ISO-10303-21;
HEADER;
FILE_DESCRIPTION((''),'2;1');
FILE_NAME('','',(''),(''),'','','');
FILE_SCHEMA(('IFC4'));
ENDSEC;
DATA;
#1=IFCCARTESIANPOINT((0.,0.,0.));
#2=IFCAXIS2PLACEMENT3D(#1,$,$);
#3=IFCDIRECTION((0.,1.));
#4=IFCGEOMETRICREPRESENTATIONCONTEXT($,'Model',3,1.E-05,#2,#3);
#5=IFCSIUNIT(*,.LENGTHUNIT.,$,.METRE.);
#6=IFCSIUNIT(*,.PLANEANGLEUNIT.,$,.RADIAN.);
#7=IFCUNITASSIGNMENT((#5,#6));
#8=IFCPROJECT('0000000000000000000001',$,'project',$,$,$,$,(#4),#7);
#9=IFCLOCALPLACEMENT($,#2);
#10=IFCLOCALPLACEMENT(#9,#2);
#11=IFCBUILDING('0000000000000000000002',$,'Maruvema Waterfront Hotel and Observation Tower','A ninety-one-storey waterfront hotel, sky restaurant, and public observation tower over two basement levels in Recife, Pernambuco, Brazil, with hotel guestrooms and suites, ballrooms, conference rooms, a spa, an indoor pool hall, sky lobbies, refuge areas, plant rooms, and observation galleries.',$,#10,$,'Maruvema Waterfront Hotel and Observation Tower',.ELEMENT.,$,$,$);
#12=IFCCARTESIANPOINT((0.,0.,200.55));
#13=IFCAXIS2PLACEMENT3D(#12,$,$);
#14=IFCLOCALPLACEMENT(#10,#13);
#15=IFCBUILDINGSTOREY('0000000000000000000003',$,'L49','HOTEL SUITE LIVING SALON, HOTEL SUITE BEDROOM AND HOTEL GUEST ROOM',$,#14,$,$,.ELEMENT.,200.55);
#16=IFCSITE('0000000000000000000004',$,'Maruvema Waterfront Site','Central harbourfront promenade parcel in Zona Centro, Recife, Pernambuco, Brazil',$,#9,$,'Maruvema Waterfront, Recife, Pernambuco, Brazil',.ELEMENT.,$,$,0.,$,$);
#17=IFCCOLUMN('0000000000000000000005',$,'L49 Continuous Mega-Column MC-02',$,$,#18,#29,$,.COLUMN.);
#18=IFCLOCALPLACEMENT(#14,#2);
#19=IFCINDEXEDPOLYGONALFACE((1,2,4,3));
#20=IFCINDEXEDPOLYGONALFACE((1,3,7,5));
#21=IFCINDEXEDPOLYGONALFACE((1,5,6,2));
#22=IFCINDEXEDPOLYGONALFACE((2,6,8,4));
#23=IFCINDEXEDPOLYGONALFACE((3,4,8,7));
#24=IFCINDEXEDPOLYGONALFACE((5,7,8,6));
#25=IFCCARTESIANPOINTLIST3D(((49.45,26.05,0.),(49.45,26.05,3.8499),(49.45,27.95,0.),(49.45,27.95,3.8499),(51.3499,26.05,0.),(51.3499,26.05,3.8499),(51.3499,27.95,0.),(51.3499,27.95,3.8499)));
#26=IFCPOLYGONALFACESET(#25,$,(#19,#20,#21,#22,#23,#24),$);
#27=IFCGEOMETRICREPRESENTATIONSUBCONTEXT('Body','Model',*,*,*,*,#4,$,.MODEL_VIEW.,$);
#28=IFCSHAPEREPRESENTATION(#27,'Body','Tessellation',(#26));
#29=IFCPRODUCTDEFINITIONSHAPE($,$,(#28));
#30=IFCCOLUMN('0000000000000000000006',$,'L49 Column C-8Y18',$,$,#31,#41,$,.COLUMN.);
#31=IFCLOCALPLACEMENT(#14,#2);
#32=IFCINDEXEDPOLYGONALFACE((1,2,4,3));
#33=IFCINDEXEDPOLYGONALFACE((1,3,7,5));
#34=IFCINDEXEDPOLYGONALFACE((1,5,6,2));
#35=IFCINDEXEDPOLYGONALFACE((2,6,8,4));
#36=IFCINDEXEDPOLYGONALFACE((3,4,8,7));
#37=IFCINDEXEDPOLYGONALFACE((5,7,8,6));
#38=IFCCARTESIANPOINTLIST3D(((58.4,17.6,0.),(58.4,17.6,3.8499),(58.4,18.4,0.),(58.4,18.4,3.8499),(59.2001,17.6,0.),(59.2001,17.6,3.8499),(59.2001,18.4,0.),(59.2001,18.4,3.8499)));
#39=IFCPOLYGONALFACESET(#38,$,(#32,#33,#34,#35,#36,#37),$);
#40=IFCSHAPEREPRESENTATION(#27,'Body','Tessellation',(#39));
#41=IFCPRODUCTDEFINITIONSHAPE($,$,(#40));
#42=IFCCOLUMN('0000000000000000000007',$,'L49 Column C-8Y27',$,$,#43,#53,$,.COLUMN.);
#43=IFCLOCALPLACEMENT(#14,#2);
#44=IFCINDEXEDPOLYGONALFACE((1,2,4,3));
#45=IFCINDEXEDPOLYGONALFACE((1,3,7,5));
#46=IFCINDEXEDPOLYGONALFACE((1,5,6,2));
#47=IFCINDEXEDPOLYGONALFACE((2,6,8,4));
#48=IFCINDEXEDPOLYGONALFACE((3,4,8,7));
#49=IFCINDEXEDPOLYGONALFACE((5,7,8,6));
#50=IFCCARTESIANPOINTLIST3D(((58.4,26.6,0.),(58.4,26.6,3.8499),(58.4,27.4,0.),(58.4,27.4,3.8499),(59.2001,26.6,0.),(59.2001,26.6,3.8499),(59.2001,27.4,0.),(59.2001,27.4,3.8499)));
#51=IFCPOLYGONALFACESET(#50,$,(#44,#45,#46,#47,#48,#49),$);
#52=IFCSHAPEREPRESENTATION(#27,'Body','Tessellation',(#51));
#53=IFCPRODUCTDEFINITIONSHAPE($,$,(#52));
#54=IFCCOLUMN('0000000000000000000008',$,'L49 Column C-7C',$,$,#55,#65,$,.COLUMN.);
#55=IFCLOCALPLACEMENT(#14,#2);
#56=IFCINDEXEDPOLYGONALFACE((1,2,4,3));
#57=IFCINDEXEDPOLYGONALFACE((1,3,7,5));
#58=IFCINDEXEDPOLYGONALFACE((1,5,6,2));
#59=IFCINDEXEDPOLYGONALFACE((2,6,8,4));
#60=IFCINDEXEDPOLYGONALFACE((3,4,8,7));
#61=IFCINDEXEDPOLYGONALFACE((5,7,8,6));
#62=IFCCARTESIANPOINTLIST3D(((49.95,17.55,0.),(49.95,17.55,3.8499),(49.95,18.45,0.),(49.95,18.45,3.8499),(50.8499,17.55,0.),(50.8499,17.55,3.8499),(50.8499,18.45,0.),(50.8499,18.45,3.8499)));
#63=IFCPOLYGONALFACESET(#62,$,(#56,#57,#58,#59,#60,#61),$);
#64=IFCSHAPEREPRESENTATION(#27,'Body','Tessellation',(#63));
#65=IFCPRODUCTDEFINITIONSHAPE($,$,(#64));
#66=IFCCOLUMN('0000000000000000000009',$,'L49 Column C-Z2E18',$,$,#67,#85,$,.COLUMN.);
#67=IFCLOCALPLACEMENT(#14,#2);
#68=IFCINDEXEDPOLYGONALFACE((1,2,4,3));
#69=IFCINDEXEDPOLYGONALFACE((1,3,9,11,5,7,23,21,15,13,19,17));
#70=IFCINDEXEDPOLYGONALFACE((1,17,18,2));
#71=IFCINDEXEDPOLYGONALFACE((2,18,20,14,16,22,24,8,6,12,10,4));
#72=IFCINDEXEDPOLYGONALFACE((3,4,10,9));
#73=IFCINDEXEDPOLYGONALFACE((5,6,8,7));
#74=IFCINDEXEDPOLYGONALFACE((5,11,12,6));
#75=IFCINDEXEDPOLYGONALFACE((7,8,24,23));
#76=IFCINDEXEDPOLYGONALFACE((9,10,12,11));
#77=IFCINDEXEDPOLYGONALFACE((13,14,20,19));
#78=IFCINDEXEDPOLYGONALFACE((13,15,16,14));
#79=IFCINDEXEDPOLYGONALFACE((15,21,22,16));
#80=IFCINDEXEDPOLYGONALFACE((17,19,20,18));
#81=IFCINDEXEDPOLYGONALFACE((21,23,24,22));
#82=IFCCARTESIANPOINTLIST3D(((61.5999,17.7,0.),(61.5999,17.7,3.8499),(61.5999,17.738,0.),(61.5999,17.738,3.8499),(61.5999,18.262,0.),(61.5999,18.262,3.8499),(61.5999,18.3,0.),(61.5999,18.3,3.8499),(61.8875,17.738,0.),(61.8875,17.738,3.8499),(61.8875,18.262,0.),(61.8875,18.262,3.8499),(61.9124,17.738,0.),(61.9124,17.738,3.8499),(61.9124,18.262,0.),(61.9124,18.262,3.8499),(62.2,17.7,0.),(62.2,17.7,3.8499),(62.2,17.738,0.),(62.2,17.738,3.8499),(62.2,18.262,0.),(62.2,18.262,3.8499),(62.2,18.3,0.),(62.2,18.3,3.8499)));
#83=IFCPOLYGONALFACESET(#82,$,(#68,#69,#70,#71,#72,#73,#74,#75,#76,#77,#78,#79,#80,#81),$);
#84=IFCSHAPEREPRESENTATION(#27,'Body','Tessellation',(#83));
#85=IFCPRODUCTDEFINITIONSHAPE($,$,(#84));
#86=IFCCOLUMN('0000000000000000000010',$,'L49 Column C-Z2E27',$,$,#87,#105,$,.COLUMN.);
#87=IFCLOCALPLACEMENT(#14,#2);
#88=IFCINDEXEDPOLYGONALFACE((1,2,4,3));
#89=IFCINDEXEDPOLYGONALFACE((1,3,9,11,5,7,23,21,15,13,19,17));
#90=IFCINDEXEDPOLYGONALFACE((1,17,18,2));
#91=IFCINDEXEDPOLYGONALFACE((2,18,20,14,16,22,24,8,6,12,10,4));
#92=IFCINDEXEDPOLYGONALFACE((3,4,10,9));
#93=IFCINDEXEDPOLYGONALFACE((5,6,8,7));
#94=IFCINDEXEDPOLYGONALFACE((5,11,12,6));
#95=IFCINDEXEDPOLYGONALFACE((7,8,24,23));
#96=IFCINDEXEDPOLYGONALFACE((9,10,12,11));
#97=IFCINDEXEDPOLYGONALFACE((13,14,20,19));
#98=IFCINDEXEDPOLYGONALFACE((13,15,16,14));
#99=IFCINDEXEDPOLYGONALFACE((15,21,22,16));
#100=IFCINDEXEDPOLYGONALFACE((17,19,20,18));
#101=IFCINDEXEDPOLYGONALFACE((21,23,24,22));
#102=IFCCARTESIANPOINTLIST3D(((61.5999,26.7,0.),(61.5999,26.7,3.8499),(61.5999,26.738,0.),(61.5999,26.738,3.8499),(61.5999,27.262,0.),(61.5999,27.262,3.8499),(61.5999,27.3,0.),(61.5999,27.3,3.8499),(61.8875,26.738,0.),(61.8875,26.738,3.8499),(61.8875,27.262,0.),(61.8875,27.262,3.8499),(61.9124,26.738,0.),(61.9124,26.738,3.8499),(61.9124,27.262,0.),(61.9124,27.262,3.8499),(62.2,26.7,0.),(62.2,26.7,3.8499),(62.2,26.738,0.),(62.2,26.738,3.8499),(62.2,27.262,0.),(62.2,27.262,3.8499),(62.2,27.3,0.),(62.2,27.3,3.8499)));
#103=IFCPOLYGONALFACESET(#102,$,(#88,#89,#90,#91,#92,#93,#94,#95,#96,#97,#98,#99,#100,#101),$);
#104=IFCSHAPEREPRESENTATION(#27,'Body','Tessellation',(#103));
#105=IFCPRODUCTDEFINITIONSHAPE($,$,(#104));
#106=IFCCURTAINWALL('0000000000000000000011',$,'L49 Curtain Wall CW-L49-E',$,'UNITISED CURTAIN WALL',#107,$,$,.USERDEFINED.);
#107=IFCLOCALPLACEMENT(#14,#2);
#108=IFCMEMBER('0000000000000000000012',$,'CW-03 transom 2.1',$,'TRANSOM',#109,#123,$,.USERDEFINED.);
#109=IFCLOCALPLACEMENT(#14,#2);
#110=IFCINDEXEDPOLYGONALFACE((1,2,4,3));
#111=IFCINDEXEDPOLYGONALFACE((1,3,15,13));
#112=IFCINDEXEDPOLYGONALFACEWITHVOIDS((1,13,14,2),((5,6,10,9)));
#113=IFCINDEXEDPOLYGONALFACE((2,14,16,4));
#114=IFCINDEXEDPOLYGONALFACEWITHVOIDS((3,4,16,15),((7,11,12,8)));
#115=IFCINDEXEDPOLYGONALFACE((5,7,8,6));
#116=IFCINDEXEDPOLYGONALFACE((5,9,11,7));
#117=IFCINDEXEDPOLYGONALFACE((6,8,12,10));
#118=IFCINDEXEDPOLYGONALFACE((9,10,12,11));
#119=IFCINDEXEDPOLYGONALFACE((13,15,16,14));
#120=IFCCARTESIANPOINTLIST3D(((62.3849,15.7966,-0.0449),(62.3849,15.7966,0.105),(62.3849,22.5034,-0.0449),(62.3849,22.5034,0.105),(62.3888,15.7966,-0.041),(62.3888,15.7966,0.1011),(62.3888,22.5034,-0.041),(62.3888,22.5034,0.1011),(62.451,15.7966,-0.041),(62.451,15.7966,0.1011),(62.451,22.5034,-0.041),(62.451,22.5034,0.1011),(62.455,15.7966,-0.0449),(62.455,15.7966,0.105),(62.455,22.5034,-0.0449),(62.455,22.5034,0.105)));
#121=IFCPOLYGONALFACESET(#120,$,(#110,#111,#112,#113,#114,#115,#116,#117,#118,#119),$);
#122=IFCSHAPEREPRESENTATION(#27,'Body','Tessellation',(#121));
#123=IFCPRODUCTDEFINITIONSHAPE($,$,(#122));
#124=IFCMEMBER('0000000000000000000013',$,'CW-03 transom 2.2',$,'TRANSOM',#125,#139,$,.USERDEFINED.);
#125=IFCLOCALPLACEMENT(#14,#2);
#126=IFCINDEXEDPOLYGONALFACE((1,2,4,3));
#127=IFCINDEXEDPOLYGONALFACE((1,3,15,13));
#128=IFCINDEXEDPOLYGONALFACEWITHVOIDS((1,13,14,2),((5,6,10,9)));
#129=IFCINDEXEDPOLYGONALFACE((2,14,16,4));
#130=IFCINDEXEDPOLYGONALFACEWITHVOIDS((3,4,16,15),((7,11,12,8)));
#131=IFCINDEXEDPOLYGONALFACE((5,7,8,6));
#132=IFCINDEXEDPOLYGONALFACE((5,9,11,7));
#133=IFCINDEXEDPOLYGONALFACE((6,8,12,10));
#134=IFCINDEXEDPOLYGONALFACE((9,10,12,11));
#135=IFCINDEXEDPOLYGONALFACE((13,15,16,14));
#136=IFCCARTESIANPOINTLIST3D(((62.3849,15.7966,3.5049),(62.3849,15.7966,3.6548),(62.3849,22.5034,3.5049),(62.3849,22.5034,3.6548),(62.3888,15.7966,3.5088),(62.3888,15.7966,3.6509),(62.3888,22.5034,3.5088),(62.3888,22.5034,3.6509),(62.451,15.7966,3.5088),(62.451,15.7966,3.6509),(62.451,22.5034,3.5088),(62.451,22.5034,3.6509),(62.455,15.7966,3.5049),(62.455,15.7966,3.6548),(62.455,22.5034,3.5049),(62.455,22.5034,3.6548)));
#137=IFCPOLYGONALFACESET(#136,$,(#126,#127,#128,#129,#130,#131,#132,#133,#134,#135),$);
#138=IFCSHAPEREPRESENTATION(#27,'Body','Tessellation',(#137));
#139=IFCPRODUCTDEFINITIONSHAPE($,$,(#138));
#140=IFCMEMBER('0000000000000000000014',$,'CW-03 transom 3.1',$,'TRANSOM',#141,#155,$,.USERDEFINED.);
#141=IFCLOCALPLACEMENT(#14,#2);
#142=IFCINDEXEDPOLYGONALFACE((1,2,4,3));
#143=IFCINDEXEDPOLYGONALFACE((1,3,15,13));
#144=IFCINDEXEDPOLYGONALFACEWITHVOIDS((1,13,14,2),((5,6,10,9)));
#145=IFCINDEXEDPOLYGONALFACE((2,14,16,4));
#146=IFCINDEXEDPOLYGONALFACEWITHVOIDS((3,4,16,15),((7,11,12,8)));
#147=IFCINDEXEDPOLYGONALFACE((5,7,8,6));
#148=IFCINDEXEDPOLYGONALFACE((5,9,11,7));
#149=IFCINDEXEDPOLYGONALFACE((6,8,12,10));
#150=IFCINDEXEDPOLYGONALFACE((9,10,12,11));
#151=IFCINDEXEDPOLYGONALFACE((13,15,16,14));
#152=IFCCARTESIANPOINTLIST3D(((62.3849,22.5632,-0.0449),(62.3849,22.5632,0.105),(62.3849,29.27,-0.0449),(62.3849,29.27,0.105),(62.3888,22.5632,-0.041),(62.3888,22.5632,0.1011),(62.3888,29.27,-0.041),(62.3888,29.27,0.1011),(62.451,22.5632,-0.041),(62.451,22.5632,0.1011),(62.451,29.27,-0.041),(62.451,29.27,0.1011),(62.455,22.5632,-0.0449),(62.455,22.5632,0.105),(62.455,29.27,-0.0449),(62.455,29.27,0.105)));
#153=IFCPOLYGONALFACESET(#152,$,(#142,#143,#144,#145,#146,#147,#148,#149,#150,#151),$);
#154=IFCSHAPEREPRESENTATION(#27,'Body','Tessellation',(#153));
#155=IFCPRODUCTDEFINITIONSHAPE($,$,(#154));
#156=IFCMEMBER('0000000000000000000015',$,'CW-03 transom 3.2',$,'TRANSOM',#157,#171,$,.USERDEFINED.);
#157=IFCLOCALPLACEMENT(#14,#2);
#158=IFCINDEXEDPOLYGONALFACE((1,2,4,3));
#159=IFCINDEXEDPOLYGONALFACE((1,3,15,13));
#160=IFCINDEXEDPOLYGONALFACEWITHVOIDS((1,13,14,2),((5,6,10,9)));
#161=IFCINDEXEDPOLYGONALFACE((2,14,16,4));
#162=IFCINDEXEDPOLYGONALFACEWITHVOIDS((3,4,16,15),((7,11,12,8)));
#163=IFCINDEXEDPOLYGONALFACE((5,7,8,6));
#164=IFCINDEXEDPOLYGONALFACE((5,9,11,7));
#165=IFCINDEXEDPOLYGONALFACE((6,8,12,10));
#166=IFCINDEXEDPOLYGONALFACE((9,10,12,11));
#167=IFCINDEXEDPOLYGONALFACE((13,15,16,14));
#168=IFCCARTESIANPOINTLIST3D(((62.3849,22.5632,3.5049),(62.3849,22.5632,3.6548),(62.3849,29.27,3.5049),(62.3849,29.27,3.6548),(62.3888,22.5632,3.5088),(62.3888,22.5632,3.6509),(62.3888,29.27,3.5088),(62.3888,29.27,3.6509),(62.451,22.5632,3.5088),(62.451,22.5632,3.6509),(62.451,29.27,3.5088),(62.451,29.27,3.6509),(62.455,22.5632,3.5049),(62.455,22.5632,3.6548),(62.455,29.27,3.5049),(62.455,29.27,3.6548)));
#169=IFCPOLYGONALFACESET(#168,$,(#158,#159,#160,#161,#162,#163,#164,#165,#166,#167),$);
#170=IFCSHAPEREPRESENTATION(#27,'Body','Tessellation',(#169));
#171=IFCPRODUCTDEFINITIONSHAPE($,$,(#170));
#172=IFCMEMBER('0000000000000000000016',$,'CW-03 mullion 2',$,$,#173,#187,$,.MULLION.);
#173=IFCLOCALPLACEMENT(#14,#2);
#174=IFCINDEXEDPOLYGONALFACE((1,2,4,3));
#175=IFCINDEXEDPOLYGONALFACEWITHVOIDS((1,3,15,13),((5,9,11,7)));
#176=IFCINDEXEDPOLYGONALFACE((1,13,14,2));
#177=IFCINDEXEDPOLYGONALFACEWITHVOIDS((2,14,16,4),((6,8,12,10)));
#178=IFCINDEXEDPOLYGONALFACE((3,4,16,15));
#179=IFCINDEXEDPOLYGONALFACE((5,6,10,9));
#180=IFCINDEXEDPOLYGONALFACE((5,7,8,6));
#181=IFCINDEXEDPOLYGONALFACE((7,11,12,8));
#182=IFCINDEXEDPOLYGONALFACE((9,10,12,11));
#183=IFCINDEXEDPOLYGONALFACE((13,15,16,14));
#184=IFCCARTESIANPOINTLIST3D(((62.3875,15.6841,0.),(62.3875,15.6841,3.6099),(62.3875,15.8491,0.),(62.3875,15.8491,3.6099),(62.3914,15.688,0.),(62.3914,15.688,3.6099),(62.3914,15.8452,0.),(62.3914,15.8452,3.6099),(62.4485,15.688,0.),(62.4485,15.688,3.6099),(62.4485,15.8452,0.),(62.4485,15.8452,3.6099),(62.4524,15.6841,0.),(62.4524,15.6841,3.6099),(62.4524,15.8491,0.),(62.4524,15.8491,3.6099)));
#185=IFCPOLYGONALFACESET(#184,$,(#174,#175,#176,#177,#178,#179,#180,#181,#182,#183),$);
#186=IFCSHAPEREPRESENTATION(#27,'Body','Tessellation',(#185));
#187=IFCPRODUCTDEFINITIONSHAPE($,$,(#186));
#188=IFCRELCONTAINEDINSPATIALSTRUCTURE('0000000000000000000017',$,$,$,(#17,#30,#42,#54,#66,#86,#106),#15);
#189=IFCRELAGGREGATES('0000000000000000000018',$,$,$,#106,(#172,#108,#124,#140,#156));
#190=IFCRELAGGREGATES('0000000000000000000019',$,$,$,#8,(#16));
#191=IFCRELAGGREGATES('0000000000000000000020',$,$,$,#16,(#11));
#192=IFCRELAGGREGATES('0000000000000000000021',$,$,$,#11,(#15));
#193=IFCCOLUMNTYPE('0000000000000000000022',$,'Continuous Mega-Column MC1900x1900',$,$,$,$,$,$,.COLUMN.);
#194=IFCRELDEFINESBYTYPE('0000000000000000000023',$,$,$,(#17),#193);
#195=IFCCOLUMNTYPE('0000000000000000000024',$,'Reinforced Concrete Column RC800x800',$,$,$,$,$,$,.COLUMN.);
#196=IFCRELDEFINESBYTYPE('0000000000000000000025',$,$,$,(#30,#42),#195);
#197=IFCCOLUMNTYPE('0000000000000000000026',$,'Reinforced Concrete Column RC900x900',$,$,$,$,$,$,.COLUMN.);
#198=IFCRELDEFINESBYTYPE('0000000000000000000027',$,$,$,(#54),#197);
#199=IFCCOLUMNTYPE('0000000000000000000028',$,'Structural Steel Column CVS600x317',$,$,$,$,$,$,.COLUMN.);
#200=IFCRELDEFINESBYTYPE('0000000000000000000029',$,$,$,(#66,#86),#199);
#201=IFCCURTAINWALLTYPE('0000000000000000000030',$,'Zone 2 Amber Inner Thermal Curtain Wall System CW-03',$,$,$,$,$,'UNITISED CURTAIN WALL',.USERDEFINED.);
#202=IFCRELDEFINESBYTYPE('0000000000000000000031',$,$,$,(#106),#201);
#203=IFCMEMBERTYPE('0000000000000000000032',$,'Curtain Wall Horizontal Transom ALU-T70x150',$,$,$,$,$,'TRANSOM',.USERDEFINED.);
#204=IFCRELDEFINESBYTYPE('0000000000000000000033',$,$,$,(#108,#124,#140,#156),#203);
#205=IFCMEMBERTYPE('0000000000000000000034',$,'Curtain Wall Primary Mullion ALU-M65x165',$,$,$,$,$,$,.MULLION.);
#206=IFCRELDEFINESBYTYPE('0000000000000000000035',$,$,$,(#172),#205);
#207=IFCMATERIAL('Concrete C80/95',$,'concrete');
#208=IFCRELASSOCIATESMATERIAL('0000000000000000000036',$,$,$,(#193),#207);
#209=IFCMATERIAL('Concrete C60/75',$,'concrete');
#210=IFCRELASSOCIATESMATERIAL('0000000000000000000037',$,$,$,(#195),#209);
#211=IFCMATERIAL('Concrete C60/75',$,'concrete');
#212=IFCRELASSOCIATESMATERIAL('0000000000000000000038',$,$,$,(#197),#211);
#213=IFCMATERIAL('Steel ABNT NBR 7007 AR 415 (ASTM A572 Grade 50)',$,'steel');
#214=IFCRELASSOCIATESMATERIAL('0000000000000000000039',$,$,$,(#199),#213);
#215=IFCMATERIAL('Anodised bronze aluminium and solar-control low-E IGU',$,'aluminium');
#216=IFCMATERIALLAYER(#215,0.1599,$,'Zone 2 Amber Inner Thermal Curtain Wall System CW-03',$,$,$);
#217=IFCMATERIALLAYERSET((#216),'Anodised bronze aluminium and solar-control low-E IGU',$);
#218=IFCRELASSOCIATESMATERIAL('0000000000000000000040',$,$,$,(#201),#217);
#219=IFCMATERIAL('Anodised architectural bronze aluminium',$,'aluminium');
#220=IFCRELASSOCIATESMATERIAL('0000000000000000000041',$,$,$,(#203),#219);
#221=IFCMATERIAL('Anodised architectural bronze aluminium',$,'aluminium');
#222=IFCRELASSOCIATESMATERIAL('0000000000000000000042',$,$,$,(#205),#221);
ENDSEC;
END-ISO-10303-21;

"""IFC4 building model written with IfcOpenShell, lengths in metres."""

from ifc_helpers import new_model, si_unit, direction, frame, origin, origin_2d, place, context, subcontext, project, spatial, rectangle, hollow_rectangle, i_section, extrude, material, layer, layer_set, material_profile, profile_set, type_object, element, aggregate, save


model = new_model("IFC4")

# Units and contexts
model_context = context("Model", 3, precision=1e-05, world=origin(), true_north=direction((0.0, 1.0)))
body_context = subcontext(model_context, "Body", "Model", "MODEL_VIEW")
ifc_project = project(units=[si_unit("LENGTHUNIT", "METRE"), si_unit("PLANEANGLEUNIT", "RADIAN")], contexts=[model_context])

# Site, building, storey
site_placement = place(None, origin())
site = spatial("IfcSite", under=ifc_project, at=site_placement, Name="Maruvema Waterfront Site", Description="Central harbourfront promenade parcel in Zona Centro, Recife, Pernambuco, Brazil", LongName="Maruvema Waterfront, Recife, Pernambuco, Brazil", CompositionType="ELEMENT", RefElevation=0.0)
building_placement = place(site_placement, origin())
building = spatial("IfcBuilding", under=site, at=building_placement, Name="Maruvema Waterfront Hotel and Observation Tower", Description="A ninety-one-storey waterfront hotel, sky restaurant, and public observation tower over two basement levels in Recife, Pernambuco, Brazil, with hotel guestrooms and suites, ballrooms, conference rooms, a spa, an indoor pool hall, sky lobbies, refuge areas, plant rooms, and observation galleries.", LongName="Maruvema Waterfront Hotel and Observation Tower", CompositionType="ELEMENT")
storey_placement = place(building_placement, frame((0.0, 0.0, 200.55)))
storey = spatial("IfcBuildingStorey", under=building, at=storey_placement, Name="L49", Description="HOTEL SUITE LIVING SALON, HOTEL SUITE BEDROOM AND HOTEL GUEST ROOM", CompositionType="ELEMENT", Elevation=200.55)

# Columns
ifc_material_1 = material(Name="Concrete C80/95", Category="concrete")
ifc_material_profile_1 = material_profile(ifc_material_1, rectangle(XDim=1.8999, YDim=1.8999, at=origin_2d()), Name="MC1900x1900")
ifc_profile_set_1 = profile_set([ifc_material_profile_1], Name="Concrete C80/95")
column_type_1 = type_object("IfcColumnType", Name="Continuous Mega-Column MC1900x1900", PredefinedType="COLUMN", material=ifc_profile_set_1)
column_1_placement = place(storey_placement, frame((50.3999, 27.0, 0.0), z_axis=(0.0, 0.0, 1.0), x_axis=(1.0, 0.0, 0.0)))
element("IfcColumn", 1, at=column_1_placement, inside=storey, type_object=column_type_1, Name="L49 Continuous Mega-Column MC-02", PredefinedType="COLUMN", context=body_context, shape_type="SweptSolid", body=[
    extrude(rectangle(XDim=1.8999, YDim=1.8999, at=origin_2d()), origin(), (0.0, 0.0, 1.0), 3.8499),
])
ifc_material_2 = material(Name="Concrete C60/75", Category="concrete")
ifc_material_profile_2 = material_profile(ifc_material_2, rectangle(XDim=0.8, YDim=0.8, at=origin_2d()), Name="RC800x800")
ifc_profile_set_2 = profile_set([ifc_material_profile_2], Name="Concrete C60/75")
column_type_2 = type_object("IfcColumnType", Name="Reinforced Concrete Column RC800x800", PredefinedType="COLUMN", material=ifc_profile_set_2)
for number, where, z_axis, x_axis, name in (
    (2, (58.8, 18.0, 0.0), (0.0, 0.0, 1.0), (1.0, 0.0, 0.0), "L49 Column C-8Y18"),
    (3, (58.8, 27.0, 0.0), (0.0, 0.0, 1.0), (1.0, 0.0, 0.0), "L49 Column C-8Y27"),
):
    element("IfcColumn", number, at=place(storey_placement, frame(where, z_axis=z_axis, x_axis=x_axis)), inside=storey, type_object=column_type_2, Name=name, PredefinedType="COLUMN", context=body_context, shape_type="SweptSolid", body=[
        extrude(rectangle(XDim=0.8, YDim=0.8, at=origin_2d()), origin(), (0.0, 0.0, 1.0), 3.8499),
    ])
ifc_material_3 = material(Name="Concrete C60/75", Category="concrete")
ifc_material_profile_3 = material_profile(ifc_material_3, rectangle(XDim=0.8999, YDim=0.8999, at=origin_2d()), Name="RC900x900")
ifc_profile_set_3 = profile_set([ifc_material_profile_3], Name="Concrete C60/75")
column_type_3 = type_object("IfcColumnType", Name="Reinforced Concrete Column RC900x900", PredefinedType="COLUMN", material=ifc_profile_set_3)
column_2_placement = place(storey_placement, frame((50.3999, 18.0, 0.0), z_axis=(0.0, 0.0, 1.0), x_axis=(1.0, 0.0, 0.0)))
element("IfcColumn", 4, at=column_2_placement, inside=storey, type_object=column_type_3, Name="L49 Column C-7C", PredefinedType="COLUMN", context=body_context, shape_type="SweptSolid", body=[
    extrude(rectangle(XDim=0.8999, YDim=0.8999, at=origin_2d()), origin(), (0.0, 0.0, 1.0), 3.8499),
])
ifc_material_4 = material(Name="Steel ABNT NBR 7007 AR 415 (ASTM A572 Grade 50)", Category="steel")
ifc_material_profile_4 = material_profile(ifc_material_4, i_section(OverallWidth=0.6001, OverallDepth=0.6001, WebThickness=0.0249, FlangeThickness=0.0381, at=origin_2d()), Name="CVS600x317")
ifc_profile_set_4 = profile_set([ifc_material_profile_4], Name="Steel ABNT NBR 7007 AR 415 (ASTM A572 Grade 50)")
column_type_4 = type_object("IfcColumnType", Name="Structural Steel Column CVS600x317", PredefinedType="COLUMN", material=ifc_profile_set_4)
for number, where, z_axis, x_axis, name in (
    (5, (61.8999, 18.0, 0.0), (0.0, 0.0, 1.0), (1.0, 0.0, 0.0), "L49 Column C-Z2E18"),
    (6, (61.8999, 27.0, 0.0), (0.0, 0.0, 1.0), (1.0, 0.0, 0.0), "L49 Column C-Z2E27"),
):
    element("IfcColumn", number, at=place(storey_placement, frame(where, z_axis=z_axis, x_axis=x_axis)), inside=storey, type_object=column_type_4, Name=name, PredefinedType="COLUMN", context=body_context, shape_type="SweptSolid", body=[
        extrude(i_section(OverallWidth=0.6001, OverallDepth=0.6001, WebThickness=0.0249, FlangeThickness=0.0381, at=origin_2d()), origin(), (0.0, 0.0, 1.0), 3.8499),
    ])

# Curtain wall, members
ifc_material_5 = material(Name="Anodised bronze aluminium and solar-control low-E IGU", Category="aluminium")
ifc_layer_1 = layer(ifc_material_5, 0.1599, Name="Zone 2 Amber Inner Thermal Curtain Wall System CW-03")
ifc_layer_set_1 = layer_set([ifc_layer_1], Name="Anodised bronze aluminium and solar-control low-E IGU")
curtain_wall_type = type_object("IfcCurtainWallType", Name="Zone 2 Amber Inner Thermal Curtain Wall System CW-03", ElementType="UNITISED CURTAIN WALL", PredefinedType="USERDEFINED", material=ifc_layer_set_1)
curtain_wall_placement = place(storey_placement, origin())
curtain_wall = element("IfcCurtainWall", 7, at=curtain_wall_placement, inside=storey, type_object=curtain_wall_type, Name="L49 Curtain Wall CW-L49-E", ObjectType="UNITISED CURTAIN WALL", PredefinedType="USERDEFINED")
ifc_material_6 = material(Name="Anodised architectural bronze aluminium", Category="aluminium")
ifc_material_profile_5 = material_profile(ifc_material_6, hollow_rectangle(XDim=0.0701, YDim=0.1499, WallThickness=0.0039, at=origin_2d()), Name="ALU-T70x150")
ifc_profile_set_5 = profile_set([ifc_material_profile_5], Name="Anodised architectural bronze aluminium")
member_type_1 = type_object("IfcMemberType", Name="Curtain Wall Horizontal Transom ALU-T70x150", ElementType="TRANSOM", PredefinedType="USERDEFINED", material=ifc_profile_set_5)
member_1_placement = place(storey_placement, frame((62.4199, 15.7966, 0.03), z_axis=(0.0, 1.0, 0.0), x_axis=(-1.0, 0.0, 0.0)))
member_1 = element("IfcMember", 8, at=member_1_placement, type_object=member_type_1, Name="CW-03 transom 2.1", ObjectType="TRANSOM", PredefinedType="USERDEFINED", context=body_context, shape_type="SweptSolid", body=[
    extrude(hollow_rectangle(XDim=0.0701, YDim=0.1499, WallThickness=0.0039, at=origin_2d()), origin(), (0.0, 0.0, 1.0), 6.7068),
])
member_2_placement = place(storey_placement, frame((62.4199, 15.7966, 3.5798), z_axis=(0.0, 1.0, 0.0), x_axis=(-1.0, 0.0, 0.0)))
member_2 = element("IfcMember", 9, at=member_2_placement, type_object=member_type_1, Name="CW-03 transom 2.2", ObjectType="TRANSOM", PredefinedType="USERDEFINED", context=body_context, shape_type="SweptSolid", body=[
    extrude(hollow_rectangle(XDim=0.0701, YDim=0.1499, WallThickness=0.0039, at=origin_2d()), origin(), (0.0, 0.0, 1.0), 6.7068),
])
member_3_placement = place(storey_placement, frame((62.4199, 22.5632, 0.03), z_axis=(0.0, 1.0, 0.0), x_axis=(-1.0, 0.0, 0.0)))
member_3 = element("IfcMember", 10, at=member_3_placement, type_object=member_type_1, Name="CW-03 transom 3.1", ObjectType="TRANSOM", PredefinedType="USERDEFINED", context=body_context, shape_type="SweptSolid", body=[
    extrude(hollow_rectangle(XDim=0.0701, YDim=0.1499, WallThickness=0.0039, at=origin_2d()), origin(), (0.0, 0.0, 1.0), 6.7068),
])
member_4_placement = place(storey_placement, frame((62.4199, 22.5632, 3.5798), z_axis=(0.0, 1.0, 0.0), x_axis=(-1.0, 0.0, 0.0)))
member_4 = element("IfcMember", 11, at=member_4_placement, type_object=member_type_1, Name="CW-03 transom 3.2", ObjectType="TRANSOM", PredefinedType="USERDEFINED", context=body_context, shape_type="SweptSolid", body=[
    extrude(hollow_rectangle(XDim=0.0701, YDim=0.1499, WallThickness=0.0039, at=origin_2d()), origin(), (0.0, 0.0, 1.0), 6.7068),
])
ifc_material_7 = material(Name="Anodised architectural bronze aluminium", Category="aluminium")
ifc_material_profile_6 = material_profile(ifc_material_7, hollow_rectangle(XDim=0.0649, YDim=0.165, WallThickness=0.0039, at=origin_2d()), Name="ALU-M65x165")
ifc_profile_set_6 = profile_set([ifc_material_profile_6], Name="Anodised architectural bronze aluminium")
member_type_2 = type_object("IfcMemberType", Name="Curtain Wall Primary Mullion ALU-M65x165", PredefinedType="MULLION", material=ifc_profile_set_6)
member_5_placement = place(storey_placement, frame((62.4199, 15.7666, 0.0), z_axis=(0.0, 0.0, 1.0), x_axis=(-1.0, 0.0, 0.0)))
member_5 = element("IfcMember", 12, at=member_5_placement, type_object=member_type_2, Name="CW-03 mullion 2", PredefinedType="MULLION", context=body_context, shape_type="SweptSolid", body=[
    extrude(hollow_rectangle(XDim=0.0649, YDim=0.165, WallThickness=0.0039, at=origin_2d()), origin(), (0.0, 0.0, 1.0), 3.6099),
])

aggregate(curtain_wall, [member_5, member_1, member_2, member_3, member_4])

save(model, "model.ifc")
